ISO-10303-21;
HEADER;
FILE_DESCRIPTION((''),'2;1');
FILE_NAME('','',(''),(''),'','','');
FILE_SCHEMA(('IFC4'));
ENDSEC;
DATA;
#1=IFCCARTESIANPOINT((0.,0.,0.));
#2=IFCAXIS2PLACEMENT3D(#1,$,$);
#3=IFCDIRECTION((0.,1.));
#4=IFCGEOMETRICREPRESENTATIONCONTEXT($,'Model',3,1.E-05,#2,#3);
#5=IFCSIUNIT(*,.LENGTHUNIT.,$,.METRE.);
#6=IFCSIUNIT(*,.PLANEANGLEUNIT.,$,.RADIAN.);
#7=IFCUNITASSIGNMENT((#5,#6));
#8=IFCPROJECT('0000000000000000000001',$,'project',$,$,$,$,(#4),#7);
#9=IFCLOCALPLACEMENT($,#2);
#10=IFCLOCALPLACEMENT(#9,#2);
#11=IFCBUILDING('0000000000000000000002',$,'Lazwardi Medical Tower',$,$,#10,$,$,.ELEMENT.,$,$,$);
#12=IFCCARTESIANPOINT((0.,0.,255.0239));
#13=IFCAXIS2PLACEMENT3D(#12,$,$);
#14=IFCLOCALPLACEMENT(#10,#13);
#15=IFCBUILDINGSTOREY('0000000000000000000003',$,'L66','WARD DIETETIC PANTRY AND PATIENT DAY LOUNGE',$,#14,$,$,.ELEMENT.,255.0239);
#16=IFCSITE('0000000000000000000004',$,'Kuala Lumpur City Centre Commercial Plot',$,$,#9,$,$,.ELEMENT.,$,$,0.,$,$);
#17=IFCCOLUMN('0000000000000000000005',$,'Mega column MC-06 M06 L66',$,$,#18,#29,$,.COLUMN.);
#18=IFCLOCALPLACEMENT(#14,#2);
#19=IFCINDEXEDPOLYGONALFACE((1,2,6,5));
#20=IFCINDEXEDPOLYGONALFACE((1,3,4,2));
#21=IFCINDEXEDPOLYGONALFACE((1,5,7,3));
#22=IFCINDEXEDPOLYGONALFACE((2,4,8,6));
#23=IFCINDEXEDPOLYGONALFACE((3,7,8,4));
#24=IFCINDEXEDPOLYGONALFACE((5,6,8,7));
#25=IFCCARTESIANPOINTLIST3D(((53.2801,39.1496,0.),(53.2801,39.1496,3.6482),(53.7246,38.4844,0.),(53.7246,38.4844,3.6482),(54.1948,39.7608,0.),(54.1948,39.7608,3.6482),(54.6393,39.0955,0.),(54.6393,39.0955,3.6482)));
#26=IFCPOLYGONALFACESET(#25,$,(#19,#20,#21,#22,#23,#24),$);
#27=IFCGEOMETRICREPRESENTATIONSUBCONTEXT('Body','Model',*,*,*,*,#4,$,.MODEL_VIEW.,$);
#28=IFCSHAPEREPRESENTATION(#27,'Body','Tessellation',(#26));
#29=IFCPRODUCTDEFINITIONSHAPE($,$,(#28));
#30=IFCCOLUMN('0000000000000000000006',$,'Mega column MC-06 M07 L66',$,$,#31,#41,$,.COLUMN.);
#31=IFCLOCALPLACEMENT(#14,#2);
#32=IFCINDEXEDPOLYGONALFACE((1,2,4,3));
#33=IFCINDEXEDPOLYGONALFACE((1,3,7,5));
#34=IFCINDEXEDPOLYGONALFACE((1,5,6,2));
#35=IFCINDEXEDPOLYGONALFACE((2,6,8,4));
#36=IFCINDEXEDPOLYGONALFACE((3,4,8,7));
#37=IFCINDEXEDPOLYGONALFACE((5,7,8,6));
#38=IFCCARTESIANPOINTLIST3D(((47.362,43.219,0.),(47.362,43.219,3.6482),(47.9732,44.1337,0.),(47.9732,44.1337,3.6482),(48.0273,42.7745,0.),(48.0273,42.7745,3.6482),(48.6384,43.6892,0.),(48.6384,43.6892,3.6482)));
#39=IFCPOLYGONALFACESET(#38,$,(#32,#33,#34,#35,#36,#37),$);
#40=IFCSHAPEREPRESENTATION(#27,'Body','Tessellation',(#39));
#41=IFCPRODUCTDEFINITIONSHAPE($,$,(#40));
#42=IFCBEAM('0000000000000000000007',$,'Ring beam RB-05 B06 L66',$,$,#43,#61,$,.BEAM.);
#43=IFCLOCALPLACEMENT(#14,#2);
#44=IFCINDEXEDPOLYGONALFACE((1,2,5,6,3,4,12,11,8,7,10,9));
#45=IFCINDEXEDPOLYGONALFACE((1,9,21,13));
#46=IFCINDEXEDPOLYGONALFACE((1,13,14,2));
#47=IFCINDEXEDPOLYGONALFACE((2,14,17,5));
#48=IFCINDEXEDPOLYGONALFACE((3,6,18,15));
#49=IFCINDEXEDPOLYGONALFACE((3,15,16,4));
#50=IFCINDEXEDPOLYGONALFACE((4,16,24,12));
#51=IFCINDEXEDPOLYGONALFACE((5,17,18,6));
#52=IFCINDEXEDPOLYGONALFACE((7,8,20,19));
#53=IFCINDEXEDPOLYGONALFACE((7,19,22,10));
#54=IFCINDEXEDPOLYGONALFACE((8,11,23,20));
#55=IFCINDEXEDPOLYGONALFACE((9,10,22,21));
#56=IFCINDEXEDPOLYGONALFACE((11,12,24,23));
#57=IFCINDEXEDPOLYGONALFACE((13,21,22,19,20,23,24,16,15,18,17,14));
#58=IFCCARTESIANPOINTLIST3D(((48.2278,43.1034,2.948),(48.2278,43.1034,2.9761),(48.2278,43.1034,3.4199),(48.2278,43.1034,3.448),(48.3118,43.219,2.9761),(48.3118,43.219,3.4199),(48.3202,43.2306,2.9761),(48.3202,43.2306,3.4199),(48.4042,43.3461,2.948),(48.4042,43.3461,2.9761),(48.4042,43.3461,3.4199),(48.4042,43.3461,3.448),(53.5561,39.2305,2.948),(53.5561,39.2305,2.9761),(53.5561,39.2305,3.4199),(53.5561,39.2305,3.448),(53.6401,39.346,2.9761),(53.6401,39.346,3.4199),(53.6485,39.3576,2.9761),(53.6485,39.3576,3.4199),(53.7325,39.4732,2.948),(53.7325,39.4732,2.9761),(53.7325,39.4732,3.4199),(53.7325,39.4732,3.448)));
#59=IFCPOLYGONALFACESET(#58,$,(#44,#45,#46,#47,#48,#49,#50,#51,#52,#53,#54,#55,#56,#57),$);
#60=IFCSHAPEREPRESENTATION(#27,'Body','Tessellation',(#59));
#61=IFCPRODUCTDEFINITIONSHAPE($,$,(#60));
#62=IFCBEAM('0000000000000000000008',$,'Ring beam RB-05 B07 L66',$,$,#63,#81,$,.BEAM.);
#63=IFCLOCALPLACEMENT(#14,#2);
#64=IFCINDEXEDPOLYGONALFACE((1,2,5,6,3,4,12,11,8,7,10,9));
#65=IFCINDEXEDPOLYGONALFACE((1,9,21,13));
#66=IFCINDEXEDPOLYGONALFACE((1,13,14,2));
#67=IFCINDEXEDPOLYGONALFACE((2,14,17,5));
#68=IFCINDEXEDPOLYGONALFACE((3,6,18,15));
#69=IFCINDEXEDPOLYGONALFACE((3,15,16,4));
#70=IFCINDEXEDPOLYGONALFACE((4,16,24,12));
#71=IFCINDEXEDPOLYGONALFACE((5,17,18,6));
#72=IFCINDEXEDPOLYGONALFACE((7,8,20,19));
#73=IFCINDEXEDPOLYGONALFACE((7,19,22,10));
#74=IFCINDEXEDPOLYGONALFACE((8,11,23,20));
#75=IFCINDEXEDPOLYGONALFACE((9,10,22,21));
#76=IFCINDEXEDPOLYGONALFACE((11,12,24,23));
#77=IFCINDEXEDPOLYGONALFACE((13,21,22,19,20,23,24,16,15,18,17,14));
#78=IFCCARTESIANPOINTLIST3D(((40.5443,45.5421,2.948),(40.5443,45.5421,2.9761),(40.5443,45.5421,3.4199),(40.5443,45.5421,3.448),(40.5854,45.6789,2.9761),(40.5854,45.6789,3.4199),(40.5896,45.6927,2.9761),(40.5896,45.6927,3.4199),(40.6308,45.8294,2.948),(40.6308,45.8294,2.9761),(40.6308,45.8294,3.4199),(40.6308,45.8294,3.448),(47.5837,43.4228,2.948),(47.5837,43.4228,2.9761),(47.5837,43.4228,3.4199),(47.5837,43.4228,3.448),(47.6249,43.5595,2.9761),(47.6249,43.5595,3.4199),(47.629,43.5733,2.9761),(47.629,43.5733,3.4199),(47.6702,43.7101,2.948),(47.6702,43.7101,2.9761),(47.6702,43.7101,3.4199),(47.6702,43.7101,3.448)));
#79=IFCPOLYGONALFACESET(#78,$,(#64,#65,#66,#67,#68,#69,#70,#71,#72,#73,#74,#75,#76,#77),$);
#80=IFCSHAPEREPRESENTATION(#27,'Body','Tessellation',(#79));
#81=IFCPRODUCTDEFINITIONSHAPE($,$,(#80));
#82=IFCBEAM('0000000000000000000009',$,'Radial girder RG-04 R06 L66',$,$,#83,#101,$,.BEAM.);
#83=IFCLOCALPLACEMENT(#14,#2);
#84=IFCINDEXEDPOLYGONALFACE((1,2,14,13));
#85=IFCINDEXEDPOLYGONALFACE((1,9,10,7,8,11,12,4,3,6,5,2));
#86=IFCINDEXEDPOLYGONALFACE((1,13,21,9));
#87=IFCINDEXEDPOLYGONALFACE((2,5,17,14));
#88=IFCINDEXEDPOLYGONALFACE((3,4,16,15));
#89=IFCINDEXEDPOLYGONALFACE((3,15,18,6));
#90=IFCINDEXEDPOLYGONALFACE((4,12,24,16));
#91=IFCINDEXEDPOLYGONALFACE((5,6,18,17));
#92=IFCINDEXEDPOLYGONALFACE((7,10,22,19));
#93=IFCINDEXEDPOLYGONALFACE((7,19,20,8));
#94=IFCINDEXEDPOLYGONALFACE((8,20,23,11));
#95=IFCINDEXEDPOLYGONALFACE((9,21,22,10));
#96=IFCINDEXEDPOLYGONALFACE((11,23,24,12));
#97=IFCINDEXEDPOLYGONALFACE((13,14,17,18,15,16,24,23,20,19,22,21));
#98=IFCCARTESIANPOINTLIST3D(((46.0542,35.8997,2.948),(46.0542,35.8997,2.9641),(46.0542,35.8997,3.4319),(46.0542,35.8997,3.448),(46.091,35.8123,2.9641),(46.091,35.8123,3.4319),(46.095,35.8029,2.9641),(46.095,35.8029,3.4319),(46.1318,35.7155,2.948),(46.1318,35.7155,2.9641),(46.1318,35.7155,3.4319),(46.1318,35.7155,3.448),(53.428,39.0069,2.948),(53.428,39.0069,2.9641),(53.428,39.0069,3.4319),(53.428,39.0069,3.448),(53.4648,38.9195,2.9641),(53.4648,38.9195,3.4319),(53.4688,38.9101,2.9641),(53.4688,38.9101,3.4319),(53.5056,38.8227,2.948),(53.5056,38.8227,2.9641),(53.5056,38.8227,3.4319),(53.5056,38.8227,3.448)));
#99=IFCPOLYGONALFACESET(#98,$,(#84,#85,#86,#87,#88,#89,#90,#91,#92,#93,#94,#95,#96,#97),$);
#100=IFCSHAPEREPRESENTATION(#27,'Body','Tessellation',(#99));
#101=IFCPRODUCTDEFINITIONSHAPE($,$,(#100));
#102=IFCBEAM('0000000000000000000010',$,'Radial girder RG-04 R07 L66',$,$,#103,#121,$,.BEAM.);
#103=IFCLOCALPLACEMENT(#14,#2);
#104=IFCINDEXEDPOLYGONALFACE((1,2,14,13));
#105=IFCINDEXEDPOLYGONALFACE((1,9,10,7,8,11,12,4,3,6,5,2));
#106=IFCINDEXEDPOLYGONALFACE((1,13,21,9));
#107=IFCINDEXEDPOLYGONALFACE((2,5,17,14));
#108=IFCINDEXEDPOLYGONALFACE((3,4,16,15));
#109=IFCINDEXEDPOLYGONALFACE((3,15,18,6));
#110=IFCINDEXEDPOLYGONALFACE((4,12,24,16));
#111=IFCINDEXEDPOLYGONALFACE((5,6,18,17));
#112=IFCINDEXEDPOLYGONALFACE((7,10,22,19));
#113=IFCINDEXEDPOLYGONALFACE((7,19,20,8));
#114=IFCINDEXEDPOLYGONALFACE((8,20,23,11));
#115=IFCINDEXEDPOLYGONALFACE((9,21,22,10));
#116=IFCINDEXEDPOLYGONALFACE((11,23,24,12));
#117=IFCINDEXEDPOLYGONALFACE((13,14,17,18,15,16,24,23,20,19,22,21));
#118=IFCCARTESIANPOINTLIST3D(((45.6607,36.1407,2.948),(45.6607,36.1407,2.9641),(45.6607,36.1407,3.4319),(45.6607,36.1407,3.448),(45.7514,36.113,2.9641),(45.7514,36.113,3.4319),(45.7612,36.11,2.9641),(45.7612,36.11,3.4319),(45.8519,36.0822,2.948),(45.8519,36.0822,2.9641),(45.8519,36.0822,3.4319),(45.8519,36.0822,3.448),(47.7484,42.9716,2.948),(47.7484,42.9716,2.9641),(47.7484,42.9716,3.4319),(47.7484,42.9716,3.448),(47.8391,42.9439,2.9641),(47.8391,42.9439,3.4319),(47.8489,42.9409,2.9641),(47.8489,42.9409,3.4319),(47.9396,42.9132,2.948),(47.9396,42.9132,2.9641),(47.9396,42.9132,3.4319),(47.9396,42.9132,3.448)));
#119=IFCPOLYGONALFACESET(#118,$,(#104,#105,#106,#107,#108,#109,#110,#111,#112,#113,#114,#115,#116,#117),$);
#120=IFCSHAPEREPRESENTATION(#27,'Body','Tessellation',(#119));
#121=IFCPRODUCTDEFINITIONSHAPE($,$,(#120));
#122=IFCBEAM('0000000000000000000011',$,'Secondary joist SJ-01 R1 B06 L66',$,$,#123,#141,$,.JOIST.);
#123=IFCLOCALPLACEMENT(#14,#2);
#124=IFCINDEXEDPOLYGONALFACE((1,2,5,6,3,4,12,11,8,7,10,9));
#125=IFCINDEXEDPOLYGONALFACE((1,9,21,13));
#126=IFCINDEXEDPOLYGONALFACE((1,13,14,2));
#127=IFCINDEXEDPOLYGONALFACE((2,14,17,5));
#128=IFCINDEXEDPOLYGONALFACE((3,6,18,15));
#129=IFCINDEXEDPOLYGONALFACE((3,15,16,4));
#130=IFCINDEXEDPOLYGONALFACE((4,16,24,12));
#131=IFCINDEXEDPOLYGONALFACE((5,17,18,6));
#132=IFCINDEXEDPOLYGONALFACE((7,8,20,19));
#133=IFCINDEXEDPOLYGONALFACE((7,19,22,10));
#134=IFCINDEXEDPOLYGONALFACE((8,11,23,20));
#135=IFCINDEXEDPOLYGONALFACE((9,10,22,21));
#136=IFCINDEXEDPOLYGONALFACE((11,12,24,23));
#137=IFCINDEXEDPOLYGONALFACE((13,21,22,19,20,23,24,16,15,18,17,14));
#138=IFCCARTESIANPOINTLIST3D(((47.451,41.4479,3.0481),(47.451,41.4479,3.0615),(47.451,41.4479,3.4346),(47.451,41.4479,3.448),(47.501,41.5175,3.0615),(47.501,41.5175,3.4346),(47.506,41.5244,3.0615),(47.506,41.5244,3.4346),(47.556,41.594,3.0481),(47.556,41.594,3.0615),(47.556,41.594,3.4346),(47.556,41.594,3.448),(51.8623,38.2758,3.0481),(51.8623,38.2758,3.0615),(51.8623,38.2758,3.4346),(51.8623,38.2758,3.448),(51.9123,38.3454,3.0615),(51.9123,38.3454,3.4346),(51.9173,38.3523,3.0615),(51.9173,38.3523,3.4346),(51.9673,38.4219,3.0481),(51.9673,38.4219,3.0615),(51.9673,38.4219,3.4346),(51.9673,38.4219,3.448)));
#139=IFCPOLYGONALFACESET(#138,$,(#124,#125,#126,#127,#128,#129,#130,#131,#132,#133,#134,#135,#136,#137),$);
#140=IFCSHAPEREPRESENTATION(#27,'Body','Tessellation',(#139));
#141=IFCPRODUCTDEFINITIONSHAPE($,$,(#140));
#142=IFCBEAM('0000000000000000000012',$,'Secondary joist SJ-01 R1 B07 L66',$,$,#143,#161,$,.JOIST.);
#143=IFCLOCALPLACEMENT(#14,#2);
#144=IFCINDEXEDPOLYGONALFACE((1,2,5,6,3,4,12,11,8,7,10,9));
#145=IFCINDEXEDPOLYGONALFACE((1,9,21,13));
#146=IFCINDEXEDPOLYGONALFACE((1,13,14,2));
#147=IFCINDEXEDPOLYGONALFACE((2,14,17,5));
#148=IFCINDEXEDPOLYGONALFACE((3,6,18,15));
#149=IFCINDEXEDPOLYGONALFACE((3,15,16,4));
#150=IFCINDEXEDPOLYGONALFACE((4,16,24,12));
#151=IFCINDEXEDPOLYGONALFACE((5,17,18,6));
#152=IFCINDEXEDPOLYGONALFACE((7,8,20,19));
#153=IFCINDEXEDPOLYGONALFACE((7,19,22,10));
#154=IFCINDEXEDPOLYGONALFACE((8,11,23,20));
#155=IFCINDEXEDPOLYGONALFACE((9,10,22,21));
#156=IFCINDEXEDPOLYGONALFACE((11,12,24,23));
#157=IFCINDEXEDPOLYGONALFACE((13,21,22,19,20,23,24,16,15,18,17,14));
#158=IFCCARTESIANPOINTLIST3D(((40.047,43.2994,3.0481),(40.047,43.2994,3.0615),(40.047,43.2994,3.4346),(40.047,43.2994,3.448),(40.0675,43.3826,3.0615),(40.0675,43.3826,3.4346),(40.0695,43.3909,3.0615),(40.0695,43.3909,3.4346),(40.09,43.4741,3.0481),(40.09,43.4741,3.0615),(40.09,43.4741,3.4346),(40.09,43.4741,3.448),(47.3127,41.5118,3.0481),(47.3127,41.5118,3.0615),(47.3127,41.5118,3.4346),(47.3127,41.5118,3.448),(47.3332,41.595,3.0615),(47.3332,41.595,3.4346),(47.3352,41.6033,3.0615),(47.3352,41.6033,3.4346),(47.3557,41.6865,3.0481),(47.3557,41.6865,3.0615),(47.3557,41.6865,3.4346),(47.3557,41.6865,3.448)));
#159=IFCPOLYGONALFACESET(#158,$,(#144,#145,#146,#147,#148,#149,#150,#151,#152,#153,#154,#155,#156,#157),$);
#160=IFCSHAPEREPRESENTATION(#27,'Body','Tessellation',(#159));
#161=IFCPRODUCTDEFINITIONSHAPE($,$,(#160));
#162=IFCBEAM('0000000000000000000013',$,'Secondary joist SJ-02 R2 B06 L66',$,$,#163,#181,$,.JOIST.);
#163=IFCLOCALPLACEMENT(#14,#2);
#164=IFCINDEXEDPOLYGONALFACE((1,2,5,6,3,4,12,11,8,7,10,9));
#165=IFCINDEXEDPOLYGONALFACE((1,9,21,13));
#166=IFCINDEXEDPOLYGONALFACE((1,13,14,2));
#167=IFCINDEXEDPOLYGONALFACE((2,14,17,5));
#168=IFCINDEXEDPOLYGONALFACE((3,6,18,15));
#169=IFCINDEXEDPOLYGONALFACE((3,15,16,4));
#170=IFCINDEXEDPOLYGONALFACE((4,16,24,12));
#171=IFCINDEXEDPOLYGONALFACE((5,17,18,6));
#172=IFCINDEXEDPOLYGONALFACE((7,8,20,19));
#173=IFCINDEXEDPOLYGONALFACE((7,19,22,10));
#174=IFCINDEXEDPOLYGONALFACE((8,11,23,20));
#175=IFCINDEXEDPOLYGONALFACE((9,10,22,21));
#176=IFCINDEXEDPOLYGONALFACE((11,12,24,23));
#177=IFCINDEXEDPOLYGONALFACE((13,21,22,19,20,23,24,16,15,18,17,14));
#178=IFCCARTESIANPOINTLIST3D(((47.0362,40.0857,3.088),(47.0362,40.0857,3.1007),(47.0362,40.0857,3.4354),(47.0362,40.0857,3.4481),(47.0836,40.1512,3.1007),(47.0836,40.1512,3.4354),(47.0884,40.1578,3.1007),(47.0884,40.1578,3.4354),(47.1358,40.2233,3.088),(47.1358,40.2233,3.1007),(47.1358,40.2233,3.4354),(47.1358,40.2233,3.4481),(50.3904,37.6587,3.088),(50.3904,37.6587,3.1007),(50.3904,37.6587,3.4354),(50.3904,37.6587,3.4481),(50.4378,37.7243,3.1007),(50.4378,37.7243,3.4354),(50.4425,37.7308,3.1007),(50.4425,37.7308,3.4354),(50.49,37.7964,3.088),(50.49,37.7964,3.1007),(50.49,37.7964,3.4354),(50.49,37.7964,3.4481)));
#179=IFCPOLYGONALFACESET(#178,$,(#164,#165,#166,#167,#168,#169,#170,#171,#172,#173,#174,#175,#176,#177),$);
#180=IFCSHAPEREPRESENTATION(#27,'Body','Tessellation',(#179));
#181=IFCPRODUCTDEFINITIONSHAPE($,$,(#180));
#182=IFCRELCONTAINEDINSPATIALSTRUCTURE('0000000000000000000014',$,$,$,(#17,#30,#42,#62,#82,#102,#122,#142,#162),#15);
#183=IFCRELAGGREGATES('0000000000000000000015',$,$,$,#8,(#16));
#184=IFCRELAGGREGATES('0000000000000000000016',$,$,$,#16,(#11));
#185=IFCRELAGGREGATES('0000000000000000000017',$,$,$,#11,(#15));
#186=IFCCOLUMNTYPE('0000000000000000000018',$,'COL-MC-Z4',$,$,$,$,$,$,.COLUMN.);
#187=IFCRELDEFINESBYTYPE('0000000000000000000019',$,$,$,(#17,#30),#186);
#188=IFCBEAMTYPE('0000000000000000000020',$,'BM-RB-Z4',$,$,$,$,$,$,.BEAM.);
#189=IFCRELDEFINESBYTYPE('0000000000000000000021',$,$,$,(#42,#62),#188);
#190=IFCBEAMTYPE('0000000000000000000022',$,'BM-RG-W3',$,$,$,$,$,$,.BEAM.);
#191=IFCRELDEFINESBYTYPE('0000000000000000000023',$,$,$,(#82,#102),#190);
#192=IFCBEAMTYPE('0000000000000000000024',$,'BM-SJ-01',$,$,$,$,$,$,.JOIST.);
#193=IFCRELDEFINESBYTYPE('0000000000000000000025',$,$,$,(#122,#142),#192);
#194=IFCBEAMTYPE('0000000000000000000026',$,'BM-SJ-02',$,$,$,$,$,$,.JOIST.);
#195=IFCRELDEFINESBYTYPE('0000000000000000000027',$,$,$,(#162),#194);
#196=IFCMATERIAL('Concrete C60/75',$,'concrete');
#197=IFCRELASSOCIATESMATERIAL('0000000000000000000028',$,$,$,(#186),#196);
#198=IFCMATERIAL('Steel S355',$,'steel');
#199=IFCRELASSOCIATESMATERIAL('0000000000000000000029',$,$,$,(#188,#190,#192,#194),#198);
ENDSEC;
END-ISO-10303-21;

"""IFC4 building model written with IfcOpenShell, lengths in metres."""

from ifc_helpers import new_model, si_unit, direction, frame, origin, origin_2d, place, context, subcontext, project, spatial, rectangle, i_section, extrude, material, material_profile, profile_set, type_object, element, save


model = new_model("IFC4")

# Units and contexts
model_context = context("Model", 3, precision=1e-05, world=origin(), true_north=direction((0.0, 1.0)))
body_context = subcontext(model_context, "Body", "Model", "MODEL_VIEW")
ifc_project = project(units=[si_unit("LENGTHUNIT", "METRE"), si_unit("PLANEANGLEUNIT", "RADIAN")], contexts=[model_context])

# Site, building, storey
site_placement = place(None, origin())
site = spatial("IfcSite", under=ifc_project, at=site_placement, Name="Kuala Lumpur City Centre Commercial Plot", CompositionType="ELEMENT", RefElevation=0.0)
building_placement = place(site_placement, origin())
building = spatial("IfcBuilding", under=site, at=building_placement, Name="Lazwardi Medical Tower", CompositionType="ELEMENT")
storey_placement = place(building_placement, frame((0.0, 0.0, 255.0239)))
storey = spatial("IfcBuildingStorey", under=building, at=storey_placement, Name="L66", Description="WARD DIETETIC PANTRY AND PATIENT DAY LOUNGE", CompositionType="ELEMENT", Elevation=255.0239)

# Columns
ifc_material_1 = material(Name="Concrete C60/75", Category="concrete")
ifc_material_profile_1 = material_profile(ifc_material_1, rectangle(XDim=1.1001, YDim=0.8, at=origin_2d()), Name="CFT-RECT 1100x800")
ifc_profile_set_1 = profile_set([ifc_material_profile_1], Name="Concrete C60/75")
column_type = type_object("IfcColumnType", Name="COL-MC-Z4", PredefinedType="COLUMN", material=ifc_profile_set_1)
for number, where, z_axis, x_axis, name in (
    (1, (53.9597, 39.1226, 0.0), (0.0, 0.0, 1.0), (0.83147, 0.55557, 0.0), "Mega column MC-06 M06 L66"),
    (2, (48.0002, 43.4541, 0.0), (0.0, 0.0, 1.0), (0.55557, 0.83147, 0.0), "Mega column MC-06 M07 L66"),
):
    element("IfcColumn", number, at=place(storey_placement, frame(where, z_axis=z_axis, x_axis=x_axis)), inside=storey, type_object=column_type, Name=name, PredefinedType="COLUMN", context=body_context, shape_type="SweptSolid", body=[
        extrude(rectangle(XDim=1.1001, YDim=0.8, at=origin_2d()), origin(), (0.0, 0.0, 1.0), 3.6482),
    ])

# Beams
ifc_material_2 = material(Name="Steel S355", Category="steel")
ifc_material_profile_2 = material_profile(ifc_material_2, i_section(OverallWidth=0.3, OverallDepth=0.5, WebThickness=0.0144, FlangeThickness=0.0281, at=origin_2d()), Name="HEB 500")
ifc_profile_set_2 = profile_set([ifc_material_profile_2], Name="Steel S355")
beam_type_1 = type_object("IfcBeamType", Name="BM-RB-Z4", PredefinedType="BEAM", material=ifc_profile_set_2)
beam_1_placement = place(storey_placement, frame((53.6443, 39.3518, 3.198), z_axis=(-0.80889, 0.58796, 0.0), x_axis=(-0.58796, -0.80889, 0.0)))
element("IfcBeam", 3, at=beam_1_placement, inside=storey, type_object=beam_type_1, Name="Ring beam RB-05 B06 L66", PredefinedType="BEAM", context=body_context, shape_type="SweptSolid", body=[
    extrude(i_section(OverallWidth=0.3, OverallDepth=0.5, WebThickness=0.0144, FlangeThickness=0.0281, at=origin_2d()), origin(), (0.0, 0.0, 1.0), 6.5872),
])
beam_2_placement = place(storey_placement, frame((47.627, 43.5664, 3.198), z_axis=(-0.957544, 0.288286, 0.0), x_axis=(-0.288286, -0.957544, 0.0)))
element("IfcBeam", 4, at=beam_2_placement, inside=storey, type_object=beam_type_1, Name="Ring beam RB-05 B07 L66", PredefinedType="BEAM", context=body_context, shape_type="SweptSolid", body=[
    extrude(i_section(OverallWidth=0.3, OverallDepth=0.5, WebThickness=0.0144, FlangeThickness=0.0281, at=origin_2d()), origin(), (0.0, 0.0, 1.0), 7.3516),
])
ifc_material_profile_3 = material_profile(ifc_material_2, i_section(OverallWidth=0.2, OverallDepth=0.5, WebThickness=0.0103, FlangeThickness=0.0161, at=origin_2d()), Name="IPE 500")
ifc_profile_set_3 = profile_set([ifc_material_profile_3], Name="Steel S355")
beam_type_2 = type_object("IfcBeamType", Name="BM-RG-W3", PredefinedType="BEAM", material=ifc_profile_set_3)
beam_3_placement = place(storey_placement, frame((53.4668, 38.9148, 3.198), z_axis=(-0.921527, -0.388315, 0.0), x_axis=(0.388315, -0.921527, 0.0)))
element("IfcBeam", 5, at=beam_3_placement, inside=storey, type_object=beam_type_2, Name="Radial girder RG-04 R06 L66", PredefinedType="BEAM", context=body_context, shape_type="SweptSolid", body=[
    extrude(i_section(OverallWidth=0.2, OverallDepth=0.5, WebThickness=0.0103, FlangeThickness=0.0161, at=origin_2d()), origin(), (0.0, 0.0, 1.0), 8.0017),
])
beam_4_placement = place(storey_placement, frame((47.844, 42.9424, 3.198), z_axis=(-0.292277, -0.956334, 0.0), x_axis=(0.956334, -0.292277, 0.0)))
element("IfcBeam", 6, at=beam_4_placement, inside=storey, type_object=beam_type_2, Name="Radial girder RG-04 R07 L66", PredefinedType="BEAM", context=body_context, shape_type="SweptSolid", body=[
    extrude(i_section(OverallWidth=0.2, OverallDepth=0.5, WebThickness=0.0103, FlangeThickness=0.0161, at=origin_2d()), origin(), (0.0, 0.0, 1.0), 7.1428),
])
ifc_material_profile_4 = material_profile(ifc_material_2, i_section(OverallWidth=0.1799, OverallDepth=0.3999, WebThickness=0.0085, FlangeThickness=0.0134, at=origin_2d()), Name="IPE 400")
ifc_profile_set_4 = profile_set([ifc_material_profile_4], Name="Steel S355")
beam_type_3 = type_object("IfcBeamType", Name="BM-SJ-01", PredefinedType="JOIST", material=ifc_profile_set_4)
beam_5_placement = place(storey_placement, frame((51.9148, 38.3489, 3.248), z_axis=(-0.81189, 0.583811, 0.0), x_axis=(-0.583811, -0.81189, 0.0)))
element("IfcBeam", 7, at=beam_5_placement, inside=storey, type_object=beam_type_3, Name="Secondary joist SJ-01 R1 B06 L66", PredefinedType="JOIST", context=body_context, shape_type="SweptSolid", body=[
    extrude(i_section(OverallWidth=0.1799, OverallDepth=0.3999, WebThickness=0.0085, FlangeThickness=0.0134, at=origin_2d()), origin(), (0.0, 0.0, 1.0), 5.4333),
])
beam_6_placement = place(storey_placement, frame((47.3342, 41.5991, 3.248), z_axis=(-0.971042, 0.23891, 0.0), x_axis=(-0.23891, -0.971042, 0.0)))
element("IfcBeam", 8, at=beam_6_placement, inside=storey, type_object=beam_type_3, Name="Secondary joist SJ-01 R1 B07 L66", PredefinedType="JOIST", context=body_context, shape_type="SweptSolid", body=[
    extrude(i_section(OverallWidth=0.1799, OverallDepth=0.3999, WebThickness=0.0085, FlangeThickness=0.0134, at=origin_2d()), origin(), (0.0, 0.0, 1.0), 7.4824),
])
ifc_material_profile_5 = material_profile(ifc_material_2, i_section(OverallWidth=0.1699, OverallDepth=0.3601, WebThickness=0.0081, FlangeThickness=0.0127, at=origin_2d()), Name="IPE 360")
ifc_profile_set_5 = profile_set([ifc_material_profile_5], Name="Steel S355")
beam_type_4 = type_object("IfcBeamType", Name="BM-SJ-02", PredefinedType="JOIST", material=ifc_profile_set_5)
beam_7_placement = place(storey_placement, frame((50.4402, 37.7275, 3.2681), z_axis=(-0.810164, 0.586203, 0.0), x_axis=(-0.586203, -0.810164, 0.0)))
element("IfcBeam", 9, at=beam_7_placement, inside=storey, type_object=beam_type_4, Name="Secondary joist SJ-02 R2 B06 L66", PredefinedType="JOIST", context=body_context, shape_type="SweptSolid", body=[
    extrude(i_section(OverallWidth=0.1699, OverallDepth=0.3601, WebThickness=0.0081, FlangeThickness=0.0127, at=origin_2d()), origin(), (0.0, 0.0, 1.0), 4.1401),
])

save(model, "model.ifc")
